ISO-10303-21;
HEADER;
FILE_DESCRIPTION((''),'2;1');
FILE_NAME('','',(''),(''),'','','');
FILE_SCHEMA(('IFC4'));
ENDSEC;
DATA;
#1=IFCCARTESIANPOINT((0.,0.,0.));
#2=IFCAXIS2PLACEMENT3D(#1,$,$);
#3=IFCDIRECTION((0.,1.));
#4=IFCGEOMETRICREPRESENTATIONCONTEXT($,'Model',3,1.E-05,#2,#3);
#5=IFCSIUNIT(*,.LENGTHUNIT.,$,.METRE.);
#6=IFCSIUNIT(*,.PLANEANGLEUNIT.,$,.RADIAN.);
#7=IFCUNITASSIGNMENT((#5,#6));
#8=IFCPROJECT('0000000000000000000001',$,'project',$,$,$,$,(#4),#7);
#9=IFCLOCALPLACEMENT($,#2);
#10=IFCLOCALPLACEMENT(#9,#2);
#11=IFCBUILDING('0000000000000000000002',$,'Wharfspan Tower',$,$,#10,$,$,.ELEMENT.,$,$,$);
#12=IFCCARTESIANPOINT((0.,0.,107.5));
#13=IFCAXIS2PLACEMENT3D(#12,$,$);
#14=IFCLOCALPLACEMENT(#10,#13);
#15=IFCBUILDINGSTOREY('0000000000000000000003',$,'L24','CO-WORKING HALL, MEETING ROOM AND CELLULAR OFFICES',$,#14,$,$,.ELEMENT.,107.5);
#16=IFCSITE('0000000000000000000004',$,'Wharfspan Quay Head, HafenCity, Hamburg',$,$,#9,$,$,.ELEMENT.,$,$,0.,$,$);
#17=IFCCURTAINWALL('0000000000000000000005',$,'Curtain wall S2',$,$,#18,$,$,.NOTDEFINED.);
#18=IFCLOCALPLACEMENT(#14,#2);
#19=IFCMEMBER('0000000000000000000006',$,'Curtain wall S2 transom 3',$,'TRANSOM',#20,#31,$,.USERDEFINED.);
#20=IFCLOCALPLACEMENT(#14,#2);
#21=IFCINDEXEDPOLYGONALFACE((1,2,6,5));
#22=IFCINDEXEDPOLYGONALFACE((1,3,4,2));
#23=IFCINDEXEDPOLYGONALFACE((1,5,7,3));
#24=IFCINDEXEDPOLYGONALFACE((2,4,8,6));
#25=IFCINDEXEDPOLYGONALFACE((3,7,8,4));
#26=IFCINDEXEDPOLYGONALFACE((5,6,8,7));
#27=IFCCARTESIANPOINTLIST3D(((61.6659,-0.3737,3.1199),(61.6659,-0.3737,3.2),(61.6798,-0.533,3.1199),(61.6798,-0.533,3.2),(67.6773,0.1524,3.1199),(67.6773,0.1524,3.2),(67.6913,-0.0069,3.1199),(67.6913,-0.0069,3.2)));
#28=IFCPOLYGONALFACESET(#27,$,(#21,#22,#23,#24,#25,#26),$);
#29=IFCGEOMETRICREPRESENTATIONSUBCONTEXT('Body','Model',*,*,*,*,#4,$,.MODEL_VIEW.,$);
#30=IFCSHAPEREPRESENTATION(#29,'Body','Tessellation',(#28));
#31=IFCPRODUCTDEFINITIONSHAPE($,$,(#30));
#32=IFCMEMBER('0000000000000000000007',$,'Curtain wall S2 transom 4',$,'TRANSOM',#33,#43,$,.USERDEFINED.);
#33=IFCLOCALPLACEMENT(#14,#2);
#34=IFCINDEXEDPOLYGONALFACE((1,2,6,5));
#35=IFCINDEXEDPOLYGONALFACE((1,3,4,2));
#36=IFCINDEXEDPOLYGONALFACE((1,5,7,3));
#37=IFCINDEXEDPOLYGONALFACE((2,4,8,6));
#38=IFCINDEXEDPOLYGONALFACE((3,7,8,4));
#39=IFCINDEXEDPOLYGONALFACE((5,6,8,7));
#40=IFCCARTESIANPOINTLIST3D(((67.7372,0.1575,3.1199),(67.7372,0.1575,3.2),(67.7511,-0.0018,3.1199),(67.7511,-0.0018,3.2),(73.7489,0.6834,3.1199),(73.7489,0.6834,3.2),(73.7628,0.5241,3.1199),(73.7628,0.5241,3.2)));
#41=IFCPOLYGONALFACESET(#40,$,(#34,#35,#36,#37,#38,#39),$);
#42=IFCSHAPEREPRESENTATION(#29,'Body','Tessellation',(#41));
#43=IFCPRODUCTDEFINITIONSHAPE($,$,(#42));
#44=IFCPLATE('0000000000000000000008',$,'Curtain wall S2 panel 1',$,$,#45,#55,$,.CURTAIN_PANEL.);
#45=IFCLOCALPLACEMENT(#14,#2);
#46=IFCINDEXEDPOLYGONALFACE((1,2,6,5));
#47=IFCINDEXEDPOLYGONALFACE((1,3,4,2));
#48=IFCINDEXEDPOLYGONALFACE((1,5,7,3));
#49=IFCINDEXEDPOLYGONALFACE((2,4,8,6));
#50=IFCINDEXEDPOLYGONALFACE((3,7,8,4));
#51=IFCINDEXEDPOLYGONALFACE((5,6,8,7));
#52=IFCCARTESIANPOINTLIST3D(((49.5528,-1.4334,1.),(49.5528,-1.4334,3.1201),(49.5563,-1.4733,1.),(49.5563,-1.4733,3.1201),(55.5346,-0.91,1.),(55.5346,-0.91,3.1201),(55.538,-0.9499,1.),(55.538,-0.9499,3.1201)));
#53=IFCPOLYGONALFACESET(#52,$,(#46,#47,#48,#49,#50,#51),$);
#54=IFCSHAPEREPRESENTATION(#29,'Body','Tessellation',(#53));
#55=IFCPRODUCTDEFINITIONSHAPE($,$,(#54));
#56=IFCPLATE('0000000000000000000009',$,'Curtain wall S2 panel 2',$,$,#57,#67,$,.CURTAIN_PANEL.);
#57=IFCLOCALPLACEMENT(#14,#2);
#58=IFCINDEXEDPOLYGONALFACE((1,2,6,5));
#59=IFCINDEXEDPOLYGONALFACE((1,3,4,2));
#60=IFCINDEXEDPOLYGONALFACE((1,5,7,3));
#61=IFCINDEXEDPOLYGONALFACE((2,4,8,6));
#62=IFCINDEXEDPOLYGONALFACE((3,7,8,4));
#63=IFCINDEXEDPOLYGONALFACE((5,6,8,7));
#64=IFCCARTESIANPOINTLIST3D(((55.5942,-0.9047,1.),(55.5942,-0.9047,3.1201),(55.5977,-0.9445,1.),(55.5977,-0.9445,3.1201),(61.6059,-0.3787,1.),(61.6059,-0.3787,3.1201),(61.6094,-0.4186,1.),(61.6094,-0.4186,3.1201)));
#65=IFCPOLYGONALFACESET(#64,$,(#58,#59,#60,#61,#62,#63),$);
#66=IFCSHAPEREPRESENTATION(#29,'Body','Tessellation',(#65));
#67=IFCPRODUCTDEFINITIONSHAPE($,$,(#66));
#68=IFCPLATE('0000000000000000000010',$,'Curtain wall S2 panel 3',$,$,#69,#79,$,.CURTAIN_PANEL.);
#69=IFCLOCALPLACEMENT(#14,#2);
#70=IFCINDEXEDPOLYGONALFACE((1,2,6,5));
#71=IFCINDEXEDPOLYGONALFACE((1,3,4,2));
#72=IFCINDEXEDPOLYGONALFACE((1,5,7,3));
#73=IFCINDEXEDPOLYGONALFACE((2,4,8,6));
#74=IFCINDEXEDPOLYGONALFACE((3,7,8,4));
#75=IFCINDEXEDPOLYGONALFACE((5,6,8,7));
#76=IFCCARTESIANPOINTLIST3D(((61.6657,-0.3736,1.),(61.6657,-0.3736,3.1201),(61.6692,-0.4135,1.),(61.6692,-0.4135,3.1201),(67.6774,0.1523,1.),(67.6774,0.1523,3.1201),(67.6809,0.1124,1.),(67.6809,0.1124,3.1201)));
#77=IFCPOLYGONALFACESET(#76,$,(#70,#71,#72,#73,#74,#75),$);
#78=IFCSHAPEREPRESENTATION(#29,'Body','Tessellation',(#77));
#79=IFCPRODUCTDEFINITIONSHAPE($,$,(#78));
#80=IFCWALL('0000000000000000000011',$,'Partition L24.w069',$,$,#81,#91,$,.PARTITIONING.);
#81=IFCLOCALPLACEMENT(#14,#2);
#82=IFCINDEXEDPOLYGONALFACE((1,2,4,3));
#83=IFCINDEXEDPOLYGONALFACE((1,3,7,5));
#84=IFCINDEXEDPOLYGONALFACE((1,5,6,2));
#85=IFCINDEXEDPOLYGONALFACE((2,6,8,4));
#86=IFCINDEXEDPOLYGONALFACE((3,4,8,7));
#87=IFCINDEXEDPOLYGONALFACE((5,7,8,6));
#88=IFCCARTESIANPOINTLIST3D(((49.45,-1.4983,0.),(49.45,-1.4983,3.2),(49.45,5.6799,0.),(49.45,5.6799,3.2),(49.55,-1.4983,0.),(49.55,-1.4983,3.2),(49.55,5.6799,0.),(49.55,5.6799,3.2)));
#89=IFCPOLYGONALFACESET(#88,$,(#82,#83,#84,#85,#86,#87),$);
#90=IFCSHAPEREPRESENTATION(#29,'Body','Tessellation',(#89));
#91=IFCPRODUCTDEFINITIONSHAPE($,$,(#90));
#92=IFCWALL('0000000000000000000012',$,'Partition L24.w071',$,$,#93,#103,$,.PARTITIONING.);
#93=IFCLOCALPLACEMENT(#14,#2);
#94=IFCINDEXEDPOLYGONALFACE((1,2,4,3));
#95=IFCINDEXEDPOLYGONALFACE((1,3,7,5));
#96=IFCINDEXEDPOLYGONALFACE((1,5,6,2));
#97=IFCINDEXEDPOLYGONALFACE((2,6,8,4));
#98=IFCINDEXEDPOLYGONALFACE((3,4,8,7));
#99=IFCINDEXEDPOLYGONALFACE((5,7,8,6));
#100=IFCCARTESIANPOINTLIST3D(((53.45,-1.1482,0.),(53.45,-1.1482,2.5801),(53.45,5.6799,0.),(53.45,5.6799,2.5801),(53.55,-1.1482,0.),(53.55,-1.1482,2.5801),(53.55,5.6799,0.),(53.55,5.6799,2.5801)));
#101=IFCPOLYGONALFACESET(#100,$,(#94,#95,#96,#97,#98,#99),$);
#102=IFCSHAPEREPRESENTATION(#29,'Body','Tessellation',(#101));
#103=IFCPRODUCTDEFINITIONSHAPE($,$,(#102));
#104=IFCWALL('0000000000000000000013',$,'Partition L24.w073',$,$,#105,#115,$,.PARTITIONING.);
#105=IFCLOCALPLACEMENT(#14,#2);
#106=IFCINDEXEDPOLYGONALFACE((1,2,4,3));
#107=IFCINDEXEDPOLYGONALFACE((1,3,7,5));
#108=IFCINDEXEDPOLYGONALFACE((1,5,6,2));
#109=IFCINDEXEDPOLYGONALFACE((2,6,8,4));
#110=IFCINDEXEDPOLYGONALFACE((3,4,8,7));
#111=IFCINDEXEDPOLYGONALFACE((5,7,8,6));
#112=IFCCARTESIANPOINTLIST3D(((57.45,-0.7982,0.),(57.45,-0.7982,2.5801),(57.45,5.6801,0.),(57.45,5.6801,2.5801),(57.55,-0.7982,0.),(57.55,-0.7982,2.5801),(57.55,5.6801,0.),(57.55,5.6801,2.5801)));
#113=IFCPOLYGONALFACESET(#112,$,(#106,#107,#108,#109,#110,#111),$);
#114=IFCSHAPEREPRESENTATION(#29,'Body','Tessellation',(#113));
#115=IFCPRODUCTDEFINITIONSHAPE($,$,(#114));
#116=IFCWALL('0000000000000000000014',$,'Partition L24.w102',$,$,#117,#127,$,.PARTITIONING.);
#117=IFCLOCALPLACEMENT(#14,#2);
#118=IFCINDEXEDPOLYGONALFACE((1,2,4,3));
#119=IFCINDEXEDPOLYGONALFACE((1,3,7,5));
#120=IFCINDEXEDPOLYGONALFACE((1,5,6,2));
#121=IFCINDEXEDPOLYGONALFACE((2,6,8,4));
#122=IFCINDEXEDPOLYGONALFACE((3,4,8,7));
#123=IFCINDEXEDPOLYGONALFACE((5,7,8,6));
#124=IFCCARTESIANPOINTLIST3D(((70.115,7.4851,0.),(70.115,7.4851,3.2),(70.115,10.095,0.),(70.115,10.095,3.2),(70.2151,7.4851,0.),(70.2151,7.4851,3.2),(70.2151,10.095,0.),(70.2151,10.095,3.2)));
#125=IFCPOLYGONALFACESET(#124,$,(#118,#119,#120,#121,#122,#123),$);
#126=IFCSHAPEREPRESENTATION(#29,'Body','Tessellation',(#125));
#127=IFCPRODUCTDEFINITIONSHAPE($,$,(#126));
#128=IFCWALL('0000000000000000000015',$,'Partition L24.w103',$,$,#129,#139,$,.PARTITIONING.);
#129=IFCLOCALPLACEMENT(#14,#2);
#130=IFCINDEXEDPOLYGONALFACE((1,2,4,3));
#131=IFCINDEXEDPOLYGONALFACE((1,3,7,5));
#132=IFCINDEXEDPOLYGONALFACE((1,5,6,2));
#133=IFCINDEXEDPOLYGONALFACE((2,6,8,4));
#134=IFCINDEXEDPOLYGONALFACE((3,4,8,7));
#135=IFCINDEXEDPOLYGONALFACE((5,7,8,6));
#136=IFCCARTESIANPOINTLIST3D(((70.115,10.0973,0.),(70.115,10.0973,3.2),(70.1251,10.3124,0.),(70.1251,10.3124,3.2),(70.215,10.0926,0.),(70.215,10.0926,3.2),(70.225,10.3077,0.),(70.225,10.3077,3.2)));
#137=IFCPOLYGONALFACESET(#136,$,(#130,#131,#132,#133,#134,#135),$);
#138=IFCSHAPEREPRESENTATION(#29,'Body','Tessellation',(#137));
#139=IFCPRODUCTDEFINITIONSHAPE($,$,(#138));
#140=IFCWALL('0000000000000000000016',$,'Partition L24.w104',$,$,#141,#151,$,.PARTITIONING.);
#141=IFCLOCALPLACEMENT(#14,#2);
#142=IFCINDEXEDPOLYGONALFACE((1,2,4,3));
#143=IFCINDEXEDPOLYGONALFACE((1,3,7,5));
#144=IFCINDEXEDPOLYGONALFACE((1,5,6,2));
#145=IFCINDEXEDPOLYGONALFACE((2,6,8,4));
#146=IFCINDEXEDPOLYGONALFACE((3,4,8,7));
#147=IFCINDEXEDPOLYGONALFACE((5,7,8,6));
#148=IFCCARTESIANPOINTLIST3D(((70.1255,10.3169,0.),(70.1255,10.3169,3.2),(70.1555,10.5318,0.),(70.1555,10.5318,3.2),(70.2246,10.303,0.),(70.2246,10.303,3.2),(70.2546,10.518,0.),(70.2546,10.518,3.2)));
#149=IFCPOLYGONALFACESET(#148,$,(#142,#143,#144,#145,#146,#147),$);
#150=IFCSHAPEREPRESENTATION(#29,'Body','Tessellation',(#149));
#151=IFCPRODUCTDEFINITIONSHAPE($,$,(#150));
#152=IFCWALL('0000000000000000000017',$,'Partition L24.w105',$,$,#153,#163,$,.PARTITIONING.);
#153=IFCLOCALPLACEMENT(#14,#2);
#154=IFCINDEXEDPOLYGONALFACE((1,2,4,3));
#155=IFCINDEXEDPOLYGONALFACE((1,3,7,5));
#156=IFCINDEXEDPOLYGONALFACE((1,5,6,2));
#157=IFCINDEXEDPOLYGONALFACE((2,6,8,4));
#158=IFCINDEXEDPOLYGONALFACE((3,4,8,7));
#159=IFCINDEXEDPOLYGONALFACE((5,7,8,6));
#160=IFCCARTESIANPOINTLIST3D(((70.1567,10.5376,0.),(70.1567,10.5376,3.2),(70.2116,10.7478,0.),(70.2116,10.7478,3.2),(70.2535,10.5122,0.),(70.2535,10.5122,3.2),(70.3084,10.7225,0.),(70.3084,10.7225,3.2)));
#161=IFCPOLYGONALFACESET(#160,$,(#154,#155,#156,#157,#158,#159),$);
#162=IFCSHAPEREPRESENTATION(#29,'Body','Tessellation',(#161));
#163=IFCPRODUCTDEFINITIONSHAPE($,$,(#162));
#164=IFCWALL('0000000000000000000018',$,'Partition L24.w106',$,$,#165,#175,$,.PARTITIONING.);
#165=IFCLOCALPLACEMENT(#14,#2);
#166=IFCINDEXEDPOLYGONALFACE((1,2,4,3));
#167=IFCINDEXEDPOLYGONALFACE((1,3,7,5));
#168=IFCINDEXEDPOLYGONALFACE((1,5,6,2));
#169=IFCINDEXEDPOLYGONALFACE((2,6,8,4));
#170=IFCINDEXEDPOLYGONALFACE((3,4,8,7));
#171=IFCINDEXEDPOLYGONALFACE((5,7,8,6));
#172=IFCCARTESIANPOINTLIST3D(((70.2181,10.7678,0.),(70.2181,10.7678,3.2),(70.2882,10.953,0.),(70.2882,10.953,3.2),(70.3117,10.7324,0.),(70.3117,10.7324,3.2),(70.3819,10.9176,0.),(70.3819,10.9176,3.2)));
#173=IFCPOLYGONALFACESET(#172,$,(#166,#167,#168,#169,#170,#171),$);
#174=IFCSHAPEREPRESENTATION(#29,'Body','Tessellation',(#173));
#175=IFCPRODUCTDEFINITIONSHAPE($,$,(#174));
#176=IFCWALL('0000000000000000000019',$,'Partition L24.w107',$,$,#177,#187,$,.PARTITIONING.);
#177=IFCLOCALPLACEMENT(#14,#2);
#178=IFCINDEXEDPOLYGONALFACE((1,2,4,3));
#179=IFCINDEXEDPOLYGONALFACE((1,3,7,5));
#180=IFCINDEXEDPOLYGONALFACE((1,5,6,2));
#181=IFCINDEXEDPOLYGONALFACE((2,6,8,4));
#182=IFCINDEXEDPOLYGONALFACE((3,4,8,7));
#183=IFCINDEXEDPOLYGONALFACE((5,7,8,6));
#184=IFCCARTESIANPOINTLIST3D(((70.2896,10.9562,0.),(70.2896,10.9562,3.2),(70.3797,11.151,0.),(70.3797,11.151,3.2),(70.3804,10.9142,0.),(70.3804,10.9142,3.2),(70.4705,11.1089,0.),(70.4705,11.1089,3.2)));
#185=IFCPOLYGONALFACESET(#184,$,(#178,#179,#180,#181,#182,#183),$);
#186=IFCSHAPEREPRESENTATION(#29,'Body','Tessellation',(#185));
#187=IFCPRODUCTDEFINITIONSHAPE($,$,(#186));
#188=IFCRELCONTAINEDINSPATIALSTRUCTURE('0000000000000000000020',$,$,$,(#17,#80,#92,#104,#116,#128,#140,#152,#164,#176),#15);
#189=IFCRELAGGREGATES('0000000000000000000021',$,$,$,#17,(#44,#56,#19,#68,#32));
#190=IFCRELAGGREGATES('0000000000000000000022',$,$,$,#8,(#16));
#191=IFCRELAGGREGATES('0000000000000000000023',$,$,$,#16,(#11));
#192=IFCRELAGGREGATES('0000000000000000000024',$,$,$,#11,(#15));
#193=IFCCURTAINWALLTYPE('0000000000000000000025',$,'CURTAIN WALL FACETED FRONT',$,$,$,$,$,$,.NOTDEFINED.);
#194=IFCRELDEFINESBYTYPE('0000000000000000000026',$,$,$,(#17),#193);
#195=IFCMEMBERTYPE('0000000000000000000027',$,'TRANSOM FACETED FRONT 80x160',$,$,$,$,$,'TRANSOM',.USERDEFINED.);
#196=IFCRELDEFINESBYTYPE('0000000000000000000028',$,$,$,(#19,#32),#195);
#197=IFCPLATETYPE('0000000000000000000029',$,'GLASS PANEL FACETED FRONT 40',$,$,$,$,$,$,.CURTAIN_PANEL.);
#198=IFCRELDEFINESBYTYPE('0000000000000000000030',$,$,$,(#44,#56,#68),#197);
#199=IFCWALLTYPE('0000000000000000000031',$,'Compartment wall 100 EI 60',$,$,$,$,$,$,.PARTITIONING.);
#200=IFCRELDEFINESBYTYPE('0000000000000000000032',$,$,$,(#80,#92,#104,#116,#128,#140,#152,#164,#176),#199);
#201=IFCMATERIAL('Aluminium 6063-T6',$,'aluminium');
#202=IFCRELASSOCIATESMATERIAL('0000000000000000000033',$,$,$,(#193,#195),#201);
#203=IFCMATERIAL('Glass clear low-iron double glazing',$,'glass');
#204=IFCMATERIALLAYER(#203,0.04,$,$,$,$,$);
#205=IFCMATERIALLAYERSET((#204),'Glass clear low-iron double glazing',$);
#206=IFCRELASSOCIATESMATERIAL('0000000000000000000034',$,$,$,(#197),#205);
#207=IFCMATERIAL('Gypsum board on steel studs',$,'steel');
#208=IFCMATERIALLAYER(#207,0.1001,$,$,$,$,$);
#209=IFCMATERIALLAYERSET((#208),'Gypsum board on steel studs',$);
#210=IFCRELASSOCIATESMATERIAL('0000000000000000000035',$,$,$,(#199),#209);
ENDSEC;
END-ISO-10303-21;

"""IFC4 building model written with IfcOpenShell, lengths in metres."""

from ifc_helpers import new_model, si_unit, direction, frame, frame_2d, origin, origin_2d, place, context, subcontext, project, spatial, rectangle, extrude, material, layer, layer_set, material_profile, profile_set, type_object, element, aggregate, save


model = new_model("IFC4")

# Units and contexts
model_context = context("Model", 3, precision=1e-05, world=origin(), true_north=direction((0.0, 1.0)))
body_context = subcontext(model_context, "Body", "Model", "MODEL_VIEW")
ifc_project = project(units=[si_unit("LENGTHUNIT", "METRE"), si_unit("PLANEANGLEUNIT", "RADIAN")], contexts=[model_context])

# Site, building, storey
site_placement = place(None, origin())
site = spatial("IfcSite", under=ifc_project, at=site_placement, Name="Wharfspan Quay Head, HafenCity, Hamburg", CompositionType="ELEMENT", RefElevation=0.0)
building_placement = place(site_placement, origin())
building = spatial("IfcBuilding", under=site, at=building_placement, Name="Wharfspan Tower", CompositionType="ELEMENT")
storey_placement = place(building_placement, frame((0.0, 0.0, 107.5)))
storey = spatial("IfcBuildingStorey", under=building, at=storey_placement, Name="L24", Description="CO-WORKING HALL, MEETING ROOM AND CELLULAR OFFICES", CompositionType="ELEMENT", Elevation=107.5)

# Shared definitions
ifc_material_1 = material(Name="Aluminium 6063-T6", Category="aluminium")
curtain_wall_type = type_object("IfcCurtainWallType", Name="CURTAIN WALL FACETED FRONT", PredefinedType="NOTDEFINED", material=ifc_material_1)

# Curtain wall, members, plates
curtain_wall_1_placement = place(storey_placement, origin())
curtain_wall_1 = element("IfcCurtainWall", 1, at=curtain_wall_1_placement, inside=storey, type_object=curtain_wall_type, Name="Curtain wall S2", PredefinedType="NOTDEFINED")
ifc_material_profile_1 = material_profile(ifc_material_1, rectangle(XDim=0.1599, YDim=0.0801, at=origin_2d()))
ifc_profile_set_1 = profile_set([ifc_material_profile_1], Name="Aluminium 6063-T6")
member_type_1 = type_object("IfcMemberType", Name="TRANSOM FACETED FRONT 80x160", ElementType="TRANSOM", PredefinedType="USERDEFINED", material=ifc_profile_set_1)
member_1_placement = place(storey_placement, frame((61.6729, -0.4534, 3.1599), z_axis=(0.996192, 0.087187, 0.0), x_axis=(-0.087187, 0.996192, 0.0)))
member_1 = element("IfcMember", 2, at=member_1_placement, type_object=member_type_1, Name="Curtain wall S2 transom 3", ObjectType="TRANSOM", PredefinedType="USERDEFINED", context=body_context, shape_type="SweptSolid", body=[
    extrude(rectangle(XDim=0.1599, YDim=0.0801, at=origin_2d()), origin(), (0.0, 0.0, 1.0), 6.0344),
])
member_2_placement = place(storey_placement, frame((67.7441, 0.0779, 3.1599), z_axis=(0.996196, 0.087143, 0.0), x_axis=(-0.087143, 0.996196, 0.0)))
member_2 = element("IfcMember", 3, at=member_2_placement, type_object=member_type_1, Name="Curtain wall S2 transom 4", ObjectType="TRANSOM", PredefinedType="USERDEFINED", context=body_context, shape_type="SweptSolid", body=[
    extrude(rectangle(XDim=0.1599, YDim=0.0801, at=origin_2d()), origin(), (0.0, 0.0, 1.0), 6.0347),
])
ifc_material_2 = material(Name="Glass clear low-iron double glazing", Category="glass")
ifc_layer_1 = layer(ifc_material_2, 0.04)
ifc_layer_set_1 = layer_set([ifc_layer_1], Name="Glass clear low-iron double glazing")
plate_type = type_object("IfcPlateType", Name="GLASS PANEL FACETED FRONT 40", PredefinedType="CURTAIN_PANEL", material=ifc_layer_set_1)
plate_1_placement = place(storey_placement, frame((52.5454, -1.1917, 1.0), z_axis=(0.0, 0.0, 1.0), x_axis=(0.996198, 0.087156, 0.0)))
plate_1 = element("IfcPlate", 4, at=plate_1_placement, type_object=plate_type, Name="Curtain wall S2 panel 1", PredefinedType="CURTAIN_PANEL", context=body_context, shape_type="SweptSolid", body=[
    extrude(rectangle(XDim=6.0046, YDim=0.04, at=origin_2d()), origin(), (0.0, 0.0, 1.0), 2.1201),
])
plate_2_placement = place(storey_placement, frame((58.6018, -0.6616, 1.0), z_axis=(0.0, 0.0, 1.0), x_axis=(0.996198, 0.087156, 0.0)))
plate_2 = element("IfcPlate", 5, at=plate_2_placement, type_object=plate_type, Name="Curtain wall S2 panel 2", PredefinedType="CURTAIN_PANEL", context=body_context, shape_type="SweptSolid", body=[
    extrude(rectangle(XDim=6.0347, YDim=0.04, at=origin_2d()), origin(), (0.0, 0.0, 1.0), 2.1201),
])
plate_3_placement = place(storey_placement, frame((64.6733, -0.1306, 1.0), z_axis=(0.0, 0.0, 1.0), x_axis=(0.996198, 0.087156, 0.0)))
plate_3 = element("IfcPlate", 6, at=plate_3_placement, type_object=plate_type, Name="Curtain wall S2 panel 3", PredefinedType="CURTAIN_PANEL", context=body_context, shape_type="SweptSolid", body=[
    extrude(rectangle(XDim=6.0347, YDim=0.04, at=origin_2d()), origin(), (0.0, 0.0, 1.0), 2.1201),
])
aggregate(curtain_wall_1, [plate_1, plate_2, member_1, plate_3, member_2])

# Walls
ifc_material_3 = material(Name="Gypsum board on steel studs", Category="steel")
ifc_layer_2 = layer(ifc_material_3, 0.1001)
ifc_layer_set_2 = layer_set([ifc_layer_2], Name="Gypsum board on steel studs")
wall_type_1 = type_object("IfcWallType", Name="Compartment wall 100 EI 60", PredefinedType="PARTITIONING", material=ifc_layer_set_2)
wall_1_placement = place(storey_placement, frame((49.5, -1.4983, 0.0), z_axis=(0.0, 0.0, 1.0), x_axis=(0.0, 1.0, 0.0)))
element("IfcWall", 7, at=wall_1_placement, inside=storey, type_object=wall_type_1, Name="Partition L24.w069", PredefinedType="PARTITIONING", context=body_context, shape_type="SweptSolid", body=[
    extrude(rectangle(XDim=7.1782, YDim=0.1001, at=frame_2d((3.5891, 0.0))), origin(), (0.0, 0.0, 1.0), 3.2),
])
wall_2_placement = place(storey_placement, frame((53.5, -1.1482, 0.0), z_axis=(0.0, 0.0, 1.0), x_axis=(0.0, 1.0, 0.0)))
element("IfcWall", 8, at=wall_2_placement, inside=storey, type_object=wall_type_1, Name="Partition L24.w071", PredefinedType="PARTITIONING", context=body_context, shape_type="SweptSolid", body=[
    extrude(rectangle(XDim=6.8281, YDim=0.1001, at=frame_2d((3.4141, 0.0))), origin(), (0.0, 0.0, 1.0), 2.5801),
])
wall_3_placement = place(storey_placement, frame((57.5, -0.7983, 0.0), z_axis=(0.0, 0.0, 1.0), x_axis=(0.0, 1.0, 0.0)))
element("IfcWall", 9, at=wall_3_placement, inside=storey, type_object=wall_type_1, Name="Partition L24.w073", PredefinedType="PARTITIONING", context=body_context, shape_type="SweptSolid", body=[
    extrude(rectangle(XDim=6.4783, YDim=0.1001, at=frame_2d((3.2393, 0.0))), origin(), (0.0, 0.0, 1.0), 2.5801),
])
wall_4_placement = place(storey_placement, frame((70.165, 7.4851, 0.0), z_axis=(0.0, 0.0, 1.0), x_axis=(0.0, 1.0, 0.0)))
element("IfcWall", 10, at=wall_4_placement, inside=storey, type_object=wall_type_1, Name="Partition L24.w102", PredefinedType="PARTITIONING", context=body_context, shape_type="SweptSolid", body=[
    extrude(rectangle(XDim=2.6099, YDim=0.1001, at=frame_2d((1.3049, 0.0))), origin(), (0.0, 0.0, 1.0), 3.2),
])
wall_5_placement = place(storey_placement, frame((70.165, 10.095, 0.0), z_axis=(0.0, 0.0, 1.0), x_axis=(0.046488, 0.998923, 0.0)))
element("IfcWall", 11, at=wall_5_placement, inside=storey, type_object=wall_type_1, Name="Partition L24.w103", PredefinedType="PARTITIONING", context=body_context, shape_type="SweptSolid", body=[
    extrude(rectangle(XDim=0.2153, YDim=0.1001, at=frame_2d((0.1077, 0.0))), origin(), (0.0, 0.0, 1.0), 3.2),
])
wall_6_placement = place(storey_placement, frame((70.175, 10.3101, 0.0), z_axis=(0.0, 0.0, 1.0), x_axis=(0.138427, 0.990372, 0.0)))
element("IfcWall", 12, at=wall_6_placement, inside=storey, type_object=wall_type_1, Name="Partition L24.w104", PredefinedType="PARTITIONING", context=body_context, shape_type="SweptSolid", body=[
    extrude(rectangle(XDim=0.217, YDim=0.1001, at=frame_2d((0.1084, 0.0))), origin(), (0.0, 0.0, 1.0), 3.2),
])
wall_7_placement = place(storey_placement, frame((70.2051, 10.5249, 0.0), z_axis=(0.0, 0.0, 1.0), x_axis=(0.252833, 0.967508, 0.0)))
element("IfcWall", 13, at=wall_7_placement, inside=storey, type_object=wall_type_1, Name="Partition L24.w105", PredefinedType="PARTITIONING", context=body_context, shape_type="SweptSolid", body=[
    extrude(rectangle(XDim=0.2173, YDim=0.1001, at=frame_2d((0.1086, 0.0))), origin(), (0.0, 0.0, 1.0), 3.2),
])
wall_8_placement = place(storey_placement, frame((70.2649, 10.75, 0.0), z_axis=(0.0, 0.0, 1.0), x_axis=(0.354097, 0.935211, 0.0)))
element("IfcWall", 14, at=wall_8_placement, inside=storey, type_object=wall_type_1, Name="Partition L24.w106", PredefinedType="PARTITIONING", context=body_context, shape_type="SweptSolid", body=[
    extrude(rectangle(XDim=0.198, YDim=0.1001, at=frame_2d((0.0991, 0.0))), origin(), (0.0, 0.0, 1.0), 3.2),
])
wall_9_placement = place(storey_placement, frame((70.335, 10.9351, 0.0), z_axis=(0.0, 0.0, 1.0), x_axis=(0.419707, 0.907659, 0.0)))
element("IfcWall", 15, at=wall_9_placement, inside=storey, type_object=wall_type_1, Name="Partition L24.w107", PredefinedType="PARTITIONING", context=body_context, shape_type="SweptSolid", body=[
    extrude(rectangle(XDim=0.2146, YDim=0.1001, at=frame_2d((0.1074, 0.0))), origin(), (0.0, 0.0, 1.0), 3.2),
])

save(model, "model.ifc")
